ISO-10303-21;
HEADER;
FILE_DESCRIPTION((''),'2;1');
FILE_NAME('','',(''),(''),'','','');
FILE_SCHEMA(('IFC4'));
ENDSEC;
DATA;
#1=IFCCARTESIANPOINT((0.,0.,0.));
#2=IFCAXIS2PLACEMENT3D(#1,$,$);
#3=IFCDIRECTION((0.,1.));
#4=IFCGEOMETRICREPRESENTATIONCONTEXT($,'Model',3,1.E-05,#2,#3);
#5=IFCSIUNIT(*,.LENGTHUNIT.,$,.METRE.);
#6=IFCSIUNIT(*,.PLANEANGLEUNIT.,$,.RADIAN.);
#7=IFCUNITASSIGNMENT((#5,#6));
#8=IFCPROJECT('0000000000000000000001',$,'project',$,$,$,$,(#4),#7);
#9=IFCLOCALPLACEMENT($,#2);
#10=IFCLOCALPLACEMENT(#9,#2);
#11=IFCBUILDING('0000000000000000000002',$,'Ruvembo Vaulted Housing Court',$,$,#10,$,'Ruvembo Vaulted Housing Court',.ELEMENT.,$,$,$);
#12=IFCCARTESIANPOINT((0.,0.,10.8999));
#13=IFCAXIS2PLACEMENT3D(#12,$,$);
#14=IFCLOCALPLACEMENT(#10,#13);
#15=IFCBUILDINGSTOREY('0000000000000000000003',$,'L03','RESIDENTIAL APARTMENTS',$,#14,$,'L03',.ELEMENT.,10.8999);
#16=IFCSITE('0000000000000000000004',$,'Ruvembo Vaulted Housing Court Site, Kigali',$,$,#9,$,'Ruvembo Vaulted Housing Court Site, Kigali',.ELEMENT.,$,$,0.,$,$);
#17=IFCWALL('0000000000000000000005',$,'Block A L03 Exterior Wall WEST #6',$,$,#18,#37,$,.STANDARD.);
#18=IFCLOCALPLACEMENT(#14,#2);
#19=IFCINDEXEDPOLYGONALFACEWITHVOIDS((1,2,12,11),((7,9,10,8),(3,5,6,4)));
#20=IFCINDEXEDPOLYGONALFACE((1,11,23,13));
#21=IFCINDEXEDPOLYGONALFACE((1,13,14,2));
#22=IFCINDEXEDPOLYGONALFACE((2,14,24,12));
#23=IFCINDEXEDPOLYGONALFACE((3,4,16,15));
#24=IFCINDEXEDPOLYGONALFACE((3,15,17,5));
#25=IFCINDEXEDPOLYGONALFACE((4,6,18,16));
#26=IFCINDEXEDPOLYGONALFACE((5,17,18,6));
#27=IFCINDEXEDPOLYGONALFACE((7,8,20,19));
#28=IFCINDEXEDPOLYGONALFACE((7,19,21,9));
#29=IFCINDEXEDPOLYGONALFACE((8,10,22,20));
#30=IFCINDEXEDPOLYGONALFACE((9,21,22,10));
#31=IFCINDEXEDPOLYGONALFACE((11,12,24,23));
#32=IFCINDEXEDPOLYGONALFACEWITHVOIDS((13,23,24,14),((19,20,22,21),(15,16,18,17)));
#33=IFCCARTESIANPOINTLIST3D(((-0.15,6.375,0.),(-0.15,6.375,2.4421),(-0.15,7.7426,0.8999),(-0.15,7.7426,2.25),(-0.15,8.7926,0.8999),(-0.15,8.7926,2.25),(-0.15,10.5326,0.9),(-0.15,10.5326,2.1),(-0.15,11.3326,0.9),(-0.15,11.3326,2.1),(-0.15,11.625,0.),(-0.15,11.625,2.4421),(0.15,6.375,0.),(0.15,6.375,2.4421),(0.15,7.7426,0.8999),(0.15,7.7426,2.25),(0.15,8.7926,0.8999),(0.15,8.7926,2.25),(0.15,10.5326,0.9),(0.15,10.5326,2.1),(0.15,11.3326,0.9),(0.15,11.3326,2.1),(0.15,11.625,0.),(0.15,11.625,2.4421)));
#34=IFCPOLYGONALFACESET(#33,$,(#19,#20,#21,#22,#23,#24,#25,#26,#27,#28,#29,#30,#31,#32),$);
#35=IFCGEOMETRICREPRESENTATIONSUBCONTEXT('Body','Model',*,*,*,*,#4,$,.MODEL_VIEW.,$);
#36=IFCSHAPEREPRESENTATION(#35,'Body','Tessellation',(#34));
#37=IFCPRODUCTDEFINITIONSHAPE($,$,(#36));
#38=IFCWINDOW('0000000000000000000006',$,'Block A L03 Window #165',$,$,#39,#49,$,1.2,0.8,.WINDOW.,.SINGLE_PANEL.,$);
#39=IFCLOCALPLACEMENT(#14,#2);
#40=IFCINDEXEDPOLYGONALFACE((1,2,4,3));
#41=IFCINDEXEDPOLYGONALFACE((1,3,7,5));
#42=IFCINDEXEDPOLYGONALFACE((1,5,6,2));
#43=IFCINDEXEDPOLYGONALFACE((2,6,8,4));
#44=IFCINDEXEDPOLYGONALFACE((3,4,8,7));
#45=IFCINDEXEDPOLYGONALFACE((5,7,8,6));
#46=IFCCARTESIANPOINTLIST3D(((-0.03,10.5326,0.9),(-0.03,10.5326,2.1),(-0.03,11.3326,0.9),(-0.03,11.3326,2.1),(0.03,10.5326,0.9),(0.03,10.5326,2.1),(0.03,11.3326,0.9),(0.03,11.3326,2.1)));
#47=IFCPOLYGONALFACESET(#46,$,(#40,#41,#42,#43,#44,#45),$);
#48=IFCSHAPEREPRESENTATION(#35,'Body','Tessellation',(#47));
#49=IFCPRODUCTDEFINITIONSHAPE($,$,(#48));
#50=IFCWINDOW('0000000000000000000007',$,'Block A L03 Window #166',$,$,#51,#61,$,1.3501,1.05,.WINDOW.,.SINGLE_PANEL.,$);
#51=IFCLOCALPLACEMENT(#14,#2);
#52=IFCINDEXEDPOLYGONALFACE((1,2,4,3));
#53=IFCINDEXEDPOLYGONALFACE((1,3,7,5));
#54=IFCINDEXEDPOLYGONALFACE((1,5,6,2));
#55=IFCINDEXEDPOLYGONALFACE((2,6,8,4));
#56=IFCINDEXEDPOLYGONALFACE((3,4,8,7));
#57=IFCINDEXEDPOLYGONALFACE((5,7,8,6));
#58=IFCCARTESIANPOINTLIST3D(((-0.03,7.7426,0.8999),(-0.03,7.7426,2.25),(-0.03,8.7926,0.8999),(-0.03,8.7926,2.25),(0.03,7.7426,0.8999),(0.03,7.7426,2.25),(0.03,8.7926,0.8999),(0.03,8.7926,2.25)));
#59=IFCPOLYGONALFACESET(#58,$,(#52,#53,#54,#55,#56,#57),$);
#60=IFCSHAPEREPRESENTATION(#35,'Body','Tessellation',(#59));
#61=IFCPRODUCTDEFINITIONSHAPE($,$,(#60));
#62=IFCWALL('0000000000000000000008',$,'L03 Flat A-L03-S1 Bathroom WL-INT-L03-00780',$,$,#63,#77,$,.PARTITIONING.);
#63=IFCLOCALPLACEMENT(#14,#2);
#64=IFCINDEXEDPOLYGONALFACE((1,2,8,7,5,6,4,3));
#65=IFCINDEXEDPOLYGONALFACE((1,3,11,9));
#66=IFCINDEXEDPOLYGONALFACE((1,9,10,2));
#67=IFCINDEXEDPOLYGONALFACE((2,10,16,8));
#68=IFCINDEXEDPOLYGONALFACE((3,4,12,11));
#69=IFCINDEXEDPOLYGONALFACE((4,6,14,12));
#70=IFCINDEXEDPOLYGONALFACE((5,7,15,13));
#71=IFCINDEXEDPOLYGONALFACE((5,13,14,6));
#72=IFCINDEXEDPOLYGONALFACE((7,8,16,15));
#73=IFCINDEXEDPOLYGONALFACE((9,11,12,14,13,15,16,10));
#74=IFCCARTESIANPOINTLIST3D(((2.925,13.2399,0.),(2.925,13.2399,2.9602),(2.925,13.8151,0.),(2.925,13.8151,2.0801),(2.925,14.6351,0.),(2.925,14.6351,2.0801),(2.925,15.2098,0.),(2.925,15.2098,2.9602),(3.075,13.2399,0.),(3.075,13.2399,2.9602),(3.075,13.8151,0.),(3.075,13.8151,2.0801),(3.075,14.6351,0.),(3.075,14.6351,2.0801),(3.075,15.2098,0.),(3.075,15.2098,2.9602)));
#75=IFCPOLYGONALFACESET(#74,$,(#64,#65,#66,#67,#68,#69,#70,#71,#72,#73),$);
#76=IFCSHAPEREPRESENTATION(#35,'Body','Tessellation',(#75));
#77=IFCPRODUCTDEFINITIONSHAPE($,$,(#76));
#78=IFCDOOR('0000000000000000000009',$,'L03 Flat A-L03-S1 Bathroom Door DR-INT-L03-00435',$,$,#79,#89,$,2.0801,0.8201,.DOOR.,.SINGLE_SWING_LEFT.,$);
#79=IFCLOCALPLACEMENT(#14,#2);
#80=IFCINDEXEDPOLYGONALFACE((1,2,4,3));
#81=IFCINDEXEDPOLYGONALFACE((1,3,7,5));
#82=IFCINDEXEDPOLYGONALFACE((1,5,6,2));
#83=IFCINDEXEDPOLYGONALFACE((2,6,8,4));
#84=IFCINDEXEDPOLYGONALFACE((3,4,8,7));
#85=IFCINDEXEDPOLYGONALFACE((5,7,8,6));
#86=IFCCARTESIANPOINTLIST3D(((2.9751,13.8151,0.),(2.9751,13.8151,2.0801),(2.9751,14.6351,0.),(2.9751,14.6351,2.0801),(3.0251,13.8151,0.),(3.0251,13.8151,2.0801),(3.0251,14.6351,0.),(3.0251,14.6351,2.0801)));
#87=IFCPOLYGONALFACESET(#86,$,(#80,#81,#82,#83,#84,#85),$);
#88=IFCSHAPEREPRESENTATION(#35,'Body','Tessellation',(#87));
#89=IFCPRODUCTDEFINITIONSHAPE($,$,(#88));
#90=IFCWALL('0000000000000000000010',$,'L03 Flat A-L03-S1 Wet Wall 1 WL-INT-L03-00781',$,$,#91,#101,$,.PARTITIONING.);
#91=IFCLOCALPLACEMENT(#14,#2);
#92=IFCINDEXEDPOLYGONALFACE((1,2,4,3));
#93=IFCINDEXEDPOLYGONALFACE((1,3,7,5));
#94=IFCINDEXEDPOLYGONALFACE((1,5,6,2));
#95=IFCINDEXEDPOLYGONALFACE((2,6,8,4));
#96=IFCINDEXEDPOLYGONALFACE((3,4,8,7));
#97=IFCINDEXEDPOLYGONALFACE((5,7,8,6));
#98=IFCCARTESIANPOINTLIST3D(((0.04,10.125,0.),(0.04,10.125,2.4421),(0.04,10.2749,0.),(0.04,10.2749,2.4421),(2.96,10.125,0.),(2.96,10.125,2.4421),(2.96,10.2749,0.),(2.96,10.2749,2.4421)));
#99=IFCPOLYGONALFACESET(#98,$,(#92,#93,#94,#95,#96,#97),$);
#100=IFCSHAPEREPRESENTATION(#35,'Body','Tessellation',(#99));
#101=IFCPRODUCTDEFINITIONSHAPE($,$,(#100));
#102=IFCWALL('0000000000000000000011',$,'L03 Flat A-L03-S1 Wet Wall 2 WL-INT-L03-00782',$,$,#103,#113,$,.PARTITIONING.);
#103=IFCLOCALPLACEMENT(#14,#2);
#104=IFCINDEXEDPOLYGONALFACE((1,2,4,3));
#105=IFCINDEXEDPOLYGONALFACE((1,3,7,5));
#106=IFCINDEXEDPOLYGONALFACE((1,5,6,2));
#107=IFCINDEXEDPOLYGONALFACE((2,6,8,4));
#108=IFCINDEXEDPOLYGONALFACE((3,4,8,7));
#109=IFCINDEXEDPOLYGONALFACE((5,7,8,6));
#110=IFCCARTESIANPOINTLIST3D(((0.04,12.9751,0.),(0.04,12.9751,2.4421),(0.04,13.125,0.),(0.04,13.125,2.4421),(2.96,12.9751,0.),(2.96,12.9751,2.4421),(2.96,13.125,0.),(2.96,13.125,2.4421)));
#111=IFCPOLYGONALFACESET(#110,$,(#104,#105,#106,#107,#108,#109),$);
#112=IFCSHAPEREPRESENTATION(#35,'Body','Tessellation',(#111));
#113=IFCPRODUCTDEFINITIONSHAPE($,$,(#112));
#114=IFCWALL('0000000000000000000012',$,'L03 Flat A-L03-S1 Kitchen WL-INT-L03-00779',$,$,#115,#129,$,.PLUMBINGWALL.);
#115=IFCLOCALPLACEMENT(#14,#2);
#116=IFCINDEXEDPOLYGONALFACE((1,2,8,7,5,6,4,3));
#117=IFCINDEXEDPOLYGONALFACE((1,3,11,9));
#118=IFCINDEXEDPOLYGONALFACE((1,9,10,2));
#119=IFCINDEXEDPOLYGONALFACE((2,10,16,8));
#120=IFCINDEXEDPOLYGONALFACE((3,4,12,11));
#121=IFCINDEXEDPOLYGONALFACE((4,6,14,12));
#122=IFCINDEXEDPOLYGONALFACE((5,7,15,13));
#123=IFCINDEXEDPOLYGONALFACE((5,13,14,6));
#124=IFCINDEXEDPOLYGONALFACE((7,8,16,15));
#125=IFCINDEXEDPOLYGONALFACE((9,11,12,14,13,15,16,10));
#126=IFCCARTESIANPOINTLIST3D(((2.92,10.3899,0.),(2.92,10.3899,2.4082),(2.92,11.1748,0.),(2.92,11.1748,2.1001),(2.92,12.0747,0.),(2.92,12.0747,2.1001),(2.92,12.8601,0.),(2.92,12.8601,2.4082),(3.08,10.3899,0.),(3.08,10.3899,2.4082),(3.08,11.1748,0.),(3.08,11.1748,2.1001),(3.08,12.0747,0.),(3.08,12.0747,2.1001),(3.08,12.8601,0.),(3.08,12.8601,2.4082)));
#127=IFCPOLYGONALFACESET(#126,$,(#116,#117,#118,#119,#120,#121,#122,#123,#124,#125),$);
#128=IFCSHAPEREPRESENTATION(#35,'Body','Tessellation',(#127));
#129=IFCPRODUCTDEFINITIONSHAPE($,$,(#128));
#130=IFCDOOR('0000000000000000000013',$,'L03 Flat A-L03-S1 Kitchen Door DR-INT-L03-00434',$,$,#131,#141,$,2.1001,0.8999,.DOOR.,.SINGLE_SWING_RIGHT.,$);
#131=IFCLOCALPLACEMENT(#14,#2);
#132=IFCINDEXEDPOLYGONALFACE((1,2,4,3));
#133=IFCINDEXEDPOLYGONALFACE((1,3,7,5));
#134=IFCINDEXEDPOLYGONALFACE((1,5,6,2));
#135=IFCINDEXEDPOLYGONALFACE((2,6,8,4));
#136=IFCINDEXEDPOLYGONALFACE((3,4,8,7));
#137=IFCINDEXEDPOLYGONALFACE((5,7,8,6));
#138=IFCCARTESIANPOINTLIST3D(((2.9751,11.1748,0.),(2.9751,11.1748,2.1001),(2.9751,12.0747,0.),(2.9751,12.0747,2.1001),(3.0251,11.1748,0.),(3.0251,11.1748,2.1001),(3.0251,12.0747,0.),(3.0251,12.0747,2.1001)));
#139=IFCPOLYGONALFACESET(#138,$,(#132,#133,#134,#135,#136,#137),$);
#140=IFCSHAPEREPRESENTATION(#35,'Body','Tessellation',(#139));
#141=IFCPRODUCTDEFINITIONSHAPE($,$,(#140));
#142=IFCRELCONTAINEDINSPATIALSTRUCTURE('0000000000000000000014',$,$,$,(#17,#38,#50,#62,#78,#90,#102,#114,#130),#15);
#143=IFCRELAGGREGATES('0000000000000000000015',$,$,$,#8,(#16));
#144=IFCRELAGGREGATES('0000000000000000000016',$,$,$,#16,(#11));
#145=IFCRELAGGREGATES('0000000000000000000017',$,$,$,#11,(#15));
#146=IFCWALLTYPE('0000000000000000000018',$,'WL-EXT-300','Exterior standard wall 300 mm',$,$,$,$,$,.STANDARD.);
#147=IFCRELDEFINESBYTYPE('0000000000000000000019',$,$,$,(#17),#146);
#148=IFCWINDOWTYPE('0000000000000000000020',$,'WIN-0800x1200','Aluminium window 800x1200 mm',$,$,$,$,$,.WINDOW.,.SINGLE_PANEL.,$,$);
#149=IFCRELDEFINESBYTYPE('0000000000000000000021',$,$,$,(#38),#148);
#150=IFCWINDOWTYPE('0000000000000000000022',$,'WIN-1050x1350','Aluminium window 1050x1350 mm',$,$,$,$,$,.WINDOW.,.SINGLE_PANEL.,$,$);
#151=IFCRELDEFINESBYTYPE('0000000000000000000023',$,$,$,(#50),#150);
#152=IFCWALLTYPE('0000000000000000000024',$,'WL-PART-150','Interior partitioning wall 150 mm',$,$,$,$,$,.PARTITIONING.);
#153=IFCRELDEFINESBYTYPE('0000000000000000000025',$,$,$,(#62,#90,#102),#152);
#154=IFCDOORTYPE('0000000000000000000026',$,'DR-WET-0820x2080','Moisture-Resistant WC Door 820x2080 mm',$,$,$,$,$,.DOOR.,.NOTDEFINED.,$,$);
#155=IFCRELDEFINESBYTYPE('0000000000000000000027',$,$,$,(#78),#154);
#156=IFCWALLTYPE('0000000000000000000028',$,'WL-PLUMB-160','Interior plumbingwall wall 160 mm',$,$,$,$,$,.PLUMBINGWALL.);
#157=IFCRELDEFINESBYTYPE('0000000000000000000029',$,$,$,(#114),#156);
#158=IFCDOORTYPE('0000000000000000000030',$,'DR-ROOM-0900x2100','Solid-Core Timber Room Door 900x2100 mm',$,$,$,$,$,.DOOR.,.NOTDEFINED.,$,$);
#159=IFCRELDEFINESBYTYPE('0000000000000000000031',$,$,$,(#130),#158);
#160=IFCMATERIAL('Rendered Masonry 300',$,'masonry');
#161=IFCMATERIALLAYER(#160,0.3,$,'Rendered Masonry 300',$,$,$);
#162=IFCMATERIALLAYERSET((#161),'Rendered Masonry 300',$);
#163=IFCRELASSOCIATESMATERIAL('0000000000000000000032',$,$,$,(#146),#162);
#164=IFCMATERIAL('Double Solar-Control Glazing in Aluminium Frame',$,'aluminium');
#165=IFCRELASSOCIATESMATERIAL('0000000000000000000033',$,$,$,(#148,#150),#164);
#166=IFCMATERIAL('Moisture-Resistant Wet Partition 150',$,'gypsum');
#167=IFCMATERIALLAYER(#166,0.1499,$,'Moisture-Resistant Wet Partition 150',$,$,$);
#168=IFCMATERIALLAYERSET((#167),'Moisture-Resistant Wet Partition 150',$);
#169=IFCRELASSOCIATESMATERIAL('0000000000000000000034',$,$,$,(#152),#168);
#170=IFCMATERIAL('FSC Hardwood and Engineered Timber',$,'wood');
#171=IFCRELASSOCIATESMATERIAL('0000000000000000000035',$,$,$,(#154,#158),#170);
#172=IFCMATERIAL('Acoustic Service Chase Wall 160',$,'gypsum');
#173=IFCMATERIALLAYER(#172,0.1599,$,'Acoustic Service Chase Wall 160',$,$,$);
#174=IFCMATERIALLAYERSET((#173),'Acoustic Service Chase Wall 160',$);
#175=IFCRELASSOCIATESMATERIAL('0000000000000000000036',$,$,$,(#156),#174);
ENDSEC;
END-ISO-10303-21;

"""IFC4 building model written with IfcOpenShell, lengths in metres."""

from ifc_helpers import new_model, si_unit, direction, frame, frame_2d, origin, place, context, subcontext, project, spatial, rectangle, extrude, material, layer, layer_set, type_object, element, fill, save


model = new_model("IFC4")

# Units and contexts
model_context = context("Model", 3, precision=1e-05, world=origin(), true_north=direction((0.0, 1.0)))
body_context = subcontext(model_context, "Body", "Model", "MODEL_VIEW")
ifc_project = project(units=[si_unit("LENGTHUNIT", "METRE"), si_unit("PLANEANGLEUNIT", "RADIAN")], contexts=[model_context])

# Site, building, storey
site_placement = place(None, origin())
site = spatial("IfcSite", under=ifc_project, at=site_placement, Name="Ruvembo Vaulted Housing Court Site, Kigali", LongName="Ruvembo Vaulted Housing Court Site, Kigali", CompositionType="ELEMENT", RefElevation=0.0)
building_placement = place(site_placement, origin())
building = spatial("IfcBuilding", under=site, at=building_placement, Name="Ruvembo Vaulted Housing Court", LongName="Ruvembo Vaulted Housing Court", CompositionType="ELEMENT")
storey_placement = place(building_placement, frame((0.0, 0.0, 10.8999)))
storey = spatial("IfcBuildingStorey", under=building, at=storey_placement, Name="L03", Description="RESIDENTIAL APARTMENTS", LongName="L03", CompositionType="ELEMENT", Elevation=10.8999)

# Shared definitions
ifc_material_1 = material(Name="FSC Hardwood and Engineered Timber", Category="wood")

# Wall, openings, windows
ifc_material_2 = material(Name="Rendered Masonry 300", Category="masonry")
ifc_layer_1 = layer(ifc_material_2, 0.3, Name="Rendered Masonry 300")
ifc_layer_set_1 = layer_set([ifc_layer_1], Name="Rendered Masonry 300")
wall_type_1 = type_object("IfcWallType", Name="WL-EXT-300", Description="Exterior standard wall 300 mm", PredefinedType="STANDARD", material=ifc_layer_set_1)
ifc_material_3 = material(Name="Double Solar-Control Glazing in Aluminium Frame", Category="aluminium")
wall_1_placement = place(storey_placement, frame((0.0, 11.625, 0.0), z_axis=(0.0, 0.0, 1.0), x_axis=(0.0, -1.0, 0.0)))
wall_1 = element("IfcWall", 1, at=wall_1_placement, inside=storey, type_object=wall_type_1, Name="Block A L03 Exterior Wall WEST #6", PredefinedType="STANDARD", context=body_context, shape_type="SweptSolid", body=[
    extrude(rectangle(XDim=5.25, YDim=0.3, at=frame_2d((2.625, 0.0))), origin(), (0.0, 0.0, 1.0), 2.4421),
])
opening_1_placement = place(wall_1_placement, frame((0.2925, 0.0, 0.8999)))
opening_1 = element("IfcOpeningElement", 2, at=opening_1_placement, cuts=wall_1, PredefinedType="OPENING", context=body_context, shape_type="SweptSolid", body=[
    extrude(rectangle(XDim=0.8, YDim=1.2, at=frame_2d((0.3999, 0.6001))), frame((0.0, 0.1599, 0.0), z_axis=(0.0, -1.0, 0.0), x_axis=(1.0, 0.0, 0.0)), (0.0, 0.0, 1.0), 0.3201),
])
opening_2_placement = place(wall_1_placement, frame((2.8325, 0.0, 0.8999)))
opening_2 = element("IfcOpeningElement", 3, at=opening_2_placement, cuts=wall_1, PredefinedType="OPENING", context=body_context, shape_type="SweptSolid", body=[
    extrude(rectangle(XDim=1.05, YDim=1.3501, at=frame_2d((0.5249, 0.675))), frame((0.0, 0.1599, 0.0), z_axis=(0.0, -1.0, 0.0), x_axis=(1.0, 0.0, 0.0)), (0.0, 0.0, 1.0), 0.3201),
])
window_type_1 = type_object("IfcWindowType", Name="WIN-0800x1200", Description="Aluminium window 800x1200 mm", PartitioningType="SINGLE_PANEL", PredefinedType="WINDOW", material=ifc_material_3)
window_1_placement = place(opening_1_placement, origin())
window_1 = element("IfcWindow", 4, at=window_1_placement, inside=storey, type_object=window_type_1, Name="Block A L03 Window #165", OverallHeight=1.2, OverallWidth=0.8, PartitioningType="SINGLE_PANEL", PredefinedType="WINDOW", context=body_context, shape_type="SweptSolid", body=[
    extrude(rectangle(XDim=0.8, YDim=1.2, at=frame_2d((0.3999, 0.6001))), frame((0.0, 0.03, 0.0), z_axis=(0.0, -1.0, 0.0), x_axis=(1.0, 0.0, 0.0)), (0.0, 0.0, 1.0), 0.0601),
])
fill(opening_1, window_1)
window_type_2 = type_object("IfcWindowType", Name="WIN-1050x1350", Description="Aluminium window 1050x1350 mm", PartitioningType="SINGLE_PANEL", PredefinedType="WINDOW", material=ifc_material_3)
window_2_placement = place(opening_2_placement, origin())
window_2 = element("IfcWindow", 5, at=window_2_placement, inside=storey, type_object=window_type_2, Name="Block A L03 Window #166", OverallHeight=1.3501, OverallWidth=1.05, PartitioningType="SINGLE_PANEL", PredefinedType="WINDOW", context=body_context, shape_type="SweptSolid", body=[
    extrude(rectangle(XDim=1.05, YDim=1.3501, at=frame_2d((0.5249, 0.675))), frame((0.0, 0.03, 0.0), z_axis=(0.0, -1.0, 0.0), x_axis=(1.0, 0.0, 0.0)), (0.0, 0.0, 1.0), 0.0601),
])
fill(opening_2, window_2)

# Wall, opening, door
ifc_material_4 = material(Name="Moisture-Resistant Wet Partition 150", Category="gypsum")
ifc_layer_2 = layer(ifc_material_4, 0.1499, Name="Moisture-Resistant Wet Partition 150")
ifc_layer_set_2 = layer_set([ifc_layer_2], Name="Moisture-Resistant Wet Partition 150")
wall_type_2 = type_object("IfcWallType", Name="WL-PART-150", Description="Interior partitioning wall 150 mm", PredefinedType="PARTITIONING", material=ifc_layer_set_2)
wall_2_placement = place(storey_placement, frame((3.0, 13.24, 0.0), z_axis=(0.0, 0.0, 1.0), x_axis=(0.0, 1.0, 0.0)))
wall_2 = element("IfcWall", 6, at=wall_2_placement, inside=storey, type_object=wall_type_2, Name="L03 Flat A-L03-S1 Bathroom WL-INT-L03-00780", PredefinedType="PARTITIONING", context=body_context, shape_type="SweptSolid", body=[
    extrude(rectangle(XDim=1.97, YDim=0.1499, at=frame_2d((0.9849, 0.0))), origin(), (0.0, 0.0, 1.0), 2.9602),
])
opening_3_placement = place(wall_2_placement, frame((0.575, 0.0, 0.0)))
opening_3 = element("IfcOpeningElement", 7, at=opening_3_placement, cuts=wall_2, PredefinedType="OPENING", context=body_context, shape_type="SweptSolid", body=[
    extrude(rectangle(XDim=0.8201, YDim=2.0801, at=frame_2d((0.4102, 1.04))), frame((0.0, 0.085, 0.0), z_axis=(0.0, -1.0, 0.0), x_axis=(1.0, 0.0, 0.0)), (0.0, 0.0, 1.0), 0.1699),
])
door_type_1 = type_object("IfcDoorType", Name="DR-WET-0820x2080", Description="Moisture-Resistant WC Door 820x2080 mm", OperationType="NOTDEFINED", PredefinedType="DOOR", material=ifc_material_1)
door_1_placement = place(opening_3_placement, origin())
door_1 = element("IfcDoor", 8, at=door_1_placement, inside=storey, type_object=door_type_1, Name="L03 Flat A-L03-S1 Bathroom Door DR-INT-L03-00435", OperationType="SINGLE_SWING_LEFT", OverallHeight=2.0801, OverallWidth=0.8201, PredefinedType="DOOR", context=body_context, shape_type="SweptSolid", body=[
    extrude(rectangle(XDim=0.8201, YDim=2.0801, at=frame_2d((0.4102, 1.04))), frame((0.0, 0.0249, 0.0), z_axis=(0.0, -1.0, 0.0), x_axis=(1.0, 0.0, 0.0)), (0.0, 0.0, 1.0), 0.05),
])
fill(opening_3, door_1)

# Walls
for number, where, z_axis, x_axis, name in (
    (9, (0.04, 10.2, 0.0), (0.0, 0.0, 1.0), (1.0, 0.0, 0.0), "L03 Flat A-L03-S1 Wet Wall 1 WL-INT-L03-00781"),
    (10, (0.04, 13.05, 0.0), (0.0, 0.0, 1.0), (1.0, 0.0, 0.0), "L03 Flat A-L03-S1 Wet Wall 2 WL-INT-L03-00782"),
):
    element("IfcWall", number, at=place(storey_placement, frame(where, z_axis=z_axis, x_axis=x_axis)), inside=storey, type_object=wall_type_2, Name=name, PredefinedType="PARTITIONING", context=body_context, shape_type="SweptSolid", body=[
        extrude(rectangle(XDim=2.9199, YDim=0.1499, at=frame_2d((1.46, 0.0))), origin(), (0.0, 0.0, 1.0), 2.4421),
    ])

# Wall, opening, door
ifc_material_5 = material(Name="Acoustic Service Chase Wall 160", Category="gypsum")
ifc_layer_3 = layer(ifc_material_5, 0.1599, Name="Acoustic Service Chase Wall 160")
ifc_layer_set_3 = layer_set([ifc_layer_3], Name="Acoustic Service Chase Wall 160")
wall_type_3 = type_object("IfcWallType", Name="WL-PLUMB-160", Description="Interior plumbingwall wall 160 mm", PredefinedType="PLUMBINGWALL", material=ifc_layer_set_3)
wall_3_placement = place(storey_placement, frame((3.0, 10.3899, 0.0), z_axis=(0.0, 0.0, 1.0), x_axis=(0.0, 1.0, 0.0)))
wall_3 = element("IfcWall", 11, at=wall_3_placement, inside=storey, type_object=wall_type_3, Name="L03 Flat A-L03-S1 Kitchen WL-INT-L03-00779", PredefinedType="PLUMBINGWALL", context=body_context, shape_type="SweptSolid", body=[
    extrude(rectangle(XDim=2.4702, YDim=0.1599, at=frame_2d((1.2351, 0.0))), origin(), (0.0, 0.0, 1.0), 2.4082),
])
opening_4_placement = place(wall_3_placement, frame((0.7849, 0.0, 0.0)))
opening_4 = element("IfcOpeningElement", 12, at=opening_4_placement, cuts=wall_3, PredefinedType="OPENING", context=body_context, shape_type="SweptSolid", body=[
    extrude(rectangle(XDim=0.8999, YDim=2.1001, at=frame_2d((0.45, 1.05))), frame((0.0, 0.0898, 0.0), z_axis=(0.0, -1.0, 0.0), x_axis=(1.0, 0.0, 0.0)), (0.0, 0.0, 1.0), 0.1799),
])
door_type_2 = type_object("IfcDoorType", Name="DR-ROOM-0900x2100", Description="Solid-Core Timber Room Door 900x2100 mm", OperationType="NOTDEFINED", PredefinedType="DOOR", material=ifc_material_1)
door_2_placement = place(opening_4_placement, origin())
door_2 = element("IfcDoor", 13, at=door_2_placement, inside=storey, type_object=door_type_2, Name="L03 Flat A-L03-S1 Kitchen Door DR-INT-L03-00434", OperationType="SINGLE_SWING_RIGHT", OverallHeight=2.1001, OverallWidth=0.8999, PredefinedType="DOOR", context=body_context, shape_type="SweptSolid", body=[
    extrude(rectangle(XDim=0.8999, YDim=2.1001, at=frame_2d((0.45, 1.05))), frame((0.0, 0.0249, 0.0), z_axis=(0.0, -1.0, 0.0), x_axis=(1.0, 0.0, 0.0)), (0.0, 0.0, 1.0), 0.05),
])
fill(opening_4, door_2)

save(model, "model.ifc")
